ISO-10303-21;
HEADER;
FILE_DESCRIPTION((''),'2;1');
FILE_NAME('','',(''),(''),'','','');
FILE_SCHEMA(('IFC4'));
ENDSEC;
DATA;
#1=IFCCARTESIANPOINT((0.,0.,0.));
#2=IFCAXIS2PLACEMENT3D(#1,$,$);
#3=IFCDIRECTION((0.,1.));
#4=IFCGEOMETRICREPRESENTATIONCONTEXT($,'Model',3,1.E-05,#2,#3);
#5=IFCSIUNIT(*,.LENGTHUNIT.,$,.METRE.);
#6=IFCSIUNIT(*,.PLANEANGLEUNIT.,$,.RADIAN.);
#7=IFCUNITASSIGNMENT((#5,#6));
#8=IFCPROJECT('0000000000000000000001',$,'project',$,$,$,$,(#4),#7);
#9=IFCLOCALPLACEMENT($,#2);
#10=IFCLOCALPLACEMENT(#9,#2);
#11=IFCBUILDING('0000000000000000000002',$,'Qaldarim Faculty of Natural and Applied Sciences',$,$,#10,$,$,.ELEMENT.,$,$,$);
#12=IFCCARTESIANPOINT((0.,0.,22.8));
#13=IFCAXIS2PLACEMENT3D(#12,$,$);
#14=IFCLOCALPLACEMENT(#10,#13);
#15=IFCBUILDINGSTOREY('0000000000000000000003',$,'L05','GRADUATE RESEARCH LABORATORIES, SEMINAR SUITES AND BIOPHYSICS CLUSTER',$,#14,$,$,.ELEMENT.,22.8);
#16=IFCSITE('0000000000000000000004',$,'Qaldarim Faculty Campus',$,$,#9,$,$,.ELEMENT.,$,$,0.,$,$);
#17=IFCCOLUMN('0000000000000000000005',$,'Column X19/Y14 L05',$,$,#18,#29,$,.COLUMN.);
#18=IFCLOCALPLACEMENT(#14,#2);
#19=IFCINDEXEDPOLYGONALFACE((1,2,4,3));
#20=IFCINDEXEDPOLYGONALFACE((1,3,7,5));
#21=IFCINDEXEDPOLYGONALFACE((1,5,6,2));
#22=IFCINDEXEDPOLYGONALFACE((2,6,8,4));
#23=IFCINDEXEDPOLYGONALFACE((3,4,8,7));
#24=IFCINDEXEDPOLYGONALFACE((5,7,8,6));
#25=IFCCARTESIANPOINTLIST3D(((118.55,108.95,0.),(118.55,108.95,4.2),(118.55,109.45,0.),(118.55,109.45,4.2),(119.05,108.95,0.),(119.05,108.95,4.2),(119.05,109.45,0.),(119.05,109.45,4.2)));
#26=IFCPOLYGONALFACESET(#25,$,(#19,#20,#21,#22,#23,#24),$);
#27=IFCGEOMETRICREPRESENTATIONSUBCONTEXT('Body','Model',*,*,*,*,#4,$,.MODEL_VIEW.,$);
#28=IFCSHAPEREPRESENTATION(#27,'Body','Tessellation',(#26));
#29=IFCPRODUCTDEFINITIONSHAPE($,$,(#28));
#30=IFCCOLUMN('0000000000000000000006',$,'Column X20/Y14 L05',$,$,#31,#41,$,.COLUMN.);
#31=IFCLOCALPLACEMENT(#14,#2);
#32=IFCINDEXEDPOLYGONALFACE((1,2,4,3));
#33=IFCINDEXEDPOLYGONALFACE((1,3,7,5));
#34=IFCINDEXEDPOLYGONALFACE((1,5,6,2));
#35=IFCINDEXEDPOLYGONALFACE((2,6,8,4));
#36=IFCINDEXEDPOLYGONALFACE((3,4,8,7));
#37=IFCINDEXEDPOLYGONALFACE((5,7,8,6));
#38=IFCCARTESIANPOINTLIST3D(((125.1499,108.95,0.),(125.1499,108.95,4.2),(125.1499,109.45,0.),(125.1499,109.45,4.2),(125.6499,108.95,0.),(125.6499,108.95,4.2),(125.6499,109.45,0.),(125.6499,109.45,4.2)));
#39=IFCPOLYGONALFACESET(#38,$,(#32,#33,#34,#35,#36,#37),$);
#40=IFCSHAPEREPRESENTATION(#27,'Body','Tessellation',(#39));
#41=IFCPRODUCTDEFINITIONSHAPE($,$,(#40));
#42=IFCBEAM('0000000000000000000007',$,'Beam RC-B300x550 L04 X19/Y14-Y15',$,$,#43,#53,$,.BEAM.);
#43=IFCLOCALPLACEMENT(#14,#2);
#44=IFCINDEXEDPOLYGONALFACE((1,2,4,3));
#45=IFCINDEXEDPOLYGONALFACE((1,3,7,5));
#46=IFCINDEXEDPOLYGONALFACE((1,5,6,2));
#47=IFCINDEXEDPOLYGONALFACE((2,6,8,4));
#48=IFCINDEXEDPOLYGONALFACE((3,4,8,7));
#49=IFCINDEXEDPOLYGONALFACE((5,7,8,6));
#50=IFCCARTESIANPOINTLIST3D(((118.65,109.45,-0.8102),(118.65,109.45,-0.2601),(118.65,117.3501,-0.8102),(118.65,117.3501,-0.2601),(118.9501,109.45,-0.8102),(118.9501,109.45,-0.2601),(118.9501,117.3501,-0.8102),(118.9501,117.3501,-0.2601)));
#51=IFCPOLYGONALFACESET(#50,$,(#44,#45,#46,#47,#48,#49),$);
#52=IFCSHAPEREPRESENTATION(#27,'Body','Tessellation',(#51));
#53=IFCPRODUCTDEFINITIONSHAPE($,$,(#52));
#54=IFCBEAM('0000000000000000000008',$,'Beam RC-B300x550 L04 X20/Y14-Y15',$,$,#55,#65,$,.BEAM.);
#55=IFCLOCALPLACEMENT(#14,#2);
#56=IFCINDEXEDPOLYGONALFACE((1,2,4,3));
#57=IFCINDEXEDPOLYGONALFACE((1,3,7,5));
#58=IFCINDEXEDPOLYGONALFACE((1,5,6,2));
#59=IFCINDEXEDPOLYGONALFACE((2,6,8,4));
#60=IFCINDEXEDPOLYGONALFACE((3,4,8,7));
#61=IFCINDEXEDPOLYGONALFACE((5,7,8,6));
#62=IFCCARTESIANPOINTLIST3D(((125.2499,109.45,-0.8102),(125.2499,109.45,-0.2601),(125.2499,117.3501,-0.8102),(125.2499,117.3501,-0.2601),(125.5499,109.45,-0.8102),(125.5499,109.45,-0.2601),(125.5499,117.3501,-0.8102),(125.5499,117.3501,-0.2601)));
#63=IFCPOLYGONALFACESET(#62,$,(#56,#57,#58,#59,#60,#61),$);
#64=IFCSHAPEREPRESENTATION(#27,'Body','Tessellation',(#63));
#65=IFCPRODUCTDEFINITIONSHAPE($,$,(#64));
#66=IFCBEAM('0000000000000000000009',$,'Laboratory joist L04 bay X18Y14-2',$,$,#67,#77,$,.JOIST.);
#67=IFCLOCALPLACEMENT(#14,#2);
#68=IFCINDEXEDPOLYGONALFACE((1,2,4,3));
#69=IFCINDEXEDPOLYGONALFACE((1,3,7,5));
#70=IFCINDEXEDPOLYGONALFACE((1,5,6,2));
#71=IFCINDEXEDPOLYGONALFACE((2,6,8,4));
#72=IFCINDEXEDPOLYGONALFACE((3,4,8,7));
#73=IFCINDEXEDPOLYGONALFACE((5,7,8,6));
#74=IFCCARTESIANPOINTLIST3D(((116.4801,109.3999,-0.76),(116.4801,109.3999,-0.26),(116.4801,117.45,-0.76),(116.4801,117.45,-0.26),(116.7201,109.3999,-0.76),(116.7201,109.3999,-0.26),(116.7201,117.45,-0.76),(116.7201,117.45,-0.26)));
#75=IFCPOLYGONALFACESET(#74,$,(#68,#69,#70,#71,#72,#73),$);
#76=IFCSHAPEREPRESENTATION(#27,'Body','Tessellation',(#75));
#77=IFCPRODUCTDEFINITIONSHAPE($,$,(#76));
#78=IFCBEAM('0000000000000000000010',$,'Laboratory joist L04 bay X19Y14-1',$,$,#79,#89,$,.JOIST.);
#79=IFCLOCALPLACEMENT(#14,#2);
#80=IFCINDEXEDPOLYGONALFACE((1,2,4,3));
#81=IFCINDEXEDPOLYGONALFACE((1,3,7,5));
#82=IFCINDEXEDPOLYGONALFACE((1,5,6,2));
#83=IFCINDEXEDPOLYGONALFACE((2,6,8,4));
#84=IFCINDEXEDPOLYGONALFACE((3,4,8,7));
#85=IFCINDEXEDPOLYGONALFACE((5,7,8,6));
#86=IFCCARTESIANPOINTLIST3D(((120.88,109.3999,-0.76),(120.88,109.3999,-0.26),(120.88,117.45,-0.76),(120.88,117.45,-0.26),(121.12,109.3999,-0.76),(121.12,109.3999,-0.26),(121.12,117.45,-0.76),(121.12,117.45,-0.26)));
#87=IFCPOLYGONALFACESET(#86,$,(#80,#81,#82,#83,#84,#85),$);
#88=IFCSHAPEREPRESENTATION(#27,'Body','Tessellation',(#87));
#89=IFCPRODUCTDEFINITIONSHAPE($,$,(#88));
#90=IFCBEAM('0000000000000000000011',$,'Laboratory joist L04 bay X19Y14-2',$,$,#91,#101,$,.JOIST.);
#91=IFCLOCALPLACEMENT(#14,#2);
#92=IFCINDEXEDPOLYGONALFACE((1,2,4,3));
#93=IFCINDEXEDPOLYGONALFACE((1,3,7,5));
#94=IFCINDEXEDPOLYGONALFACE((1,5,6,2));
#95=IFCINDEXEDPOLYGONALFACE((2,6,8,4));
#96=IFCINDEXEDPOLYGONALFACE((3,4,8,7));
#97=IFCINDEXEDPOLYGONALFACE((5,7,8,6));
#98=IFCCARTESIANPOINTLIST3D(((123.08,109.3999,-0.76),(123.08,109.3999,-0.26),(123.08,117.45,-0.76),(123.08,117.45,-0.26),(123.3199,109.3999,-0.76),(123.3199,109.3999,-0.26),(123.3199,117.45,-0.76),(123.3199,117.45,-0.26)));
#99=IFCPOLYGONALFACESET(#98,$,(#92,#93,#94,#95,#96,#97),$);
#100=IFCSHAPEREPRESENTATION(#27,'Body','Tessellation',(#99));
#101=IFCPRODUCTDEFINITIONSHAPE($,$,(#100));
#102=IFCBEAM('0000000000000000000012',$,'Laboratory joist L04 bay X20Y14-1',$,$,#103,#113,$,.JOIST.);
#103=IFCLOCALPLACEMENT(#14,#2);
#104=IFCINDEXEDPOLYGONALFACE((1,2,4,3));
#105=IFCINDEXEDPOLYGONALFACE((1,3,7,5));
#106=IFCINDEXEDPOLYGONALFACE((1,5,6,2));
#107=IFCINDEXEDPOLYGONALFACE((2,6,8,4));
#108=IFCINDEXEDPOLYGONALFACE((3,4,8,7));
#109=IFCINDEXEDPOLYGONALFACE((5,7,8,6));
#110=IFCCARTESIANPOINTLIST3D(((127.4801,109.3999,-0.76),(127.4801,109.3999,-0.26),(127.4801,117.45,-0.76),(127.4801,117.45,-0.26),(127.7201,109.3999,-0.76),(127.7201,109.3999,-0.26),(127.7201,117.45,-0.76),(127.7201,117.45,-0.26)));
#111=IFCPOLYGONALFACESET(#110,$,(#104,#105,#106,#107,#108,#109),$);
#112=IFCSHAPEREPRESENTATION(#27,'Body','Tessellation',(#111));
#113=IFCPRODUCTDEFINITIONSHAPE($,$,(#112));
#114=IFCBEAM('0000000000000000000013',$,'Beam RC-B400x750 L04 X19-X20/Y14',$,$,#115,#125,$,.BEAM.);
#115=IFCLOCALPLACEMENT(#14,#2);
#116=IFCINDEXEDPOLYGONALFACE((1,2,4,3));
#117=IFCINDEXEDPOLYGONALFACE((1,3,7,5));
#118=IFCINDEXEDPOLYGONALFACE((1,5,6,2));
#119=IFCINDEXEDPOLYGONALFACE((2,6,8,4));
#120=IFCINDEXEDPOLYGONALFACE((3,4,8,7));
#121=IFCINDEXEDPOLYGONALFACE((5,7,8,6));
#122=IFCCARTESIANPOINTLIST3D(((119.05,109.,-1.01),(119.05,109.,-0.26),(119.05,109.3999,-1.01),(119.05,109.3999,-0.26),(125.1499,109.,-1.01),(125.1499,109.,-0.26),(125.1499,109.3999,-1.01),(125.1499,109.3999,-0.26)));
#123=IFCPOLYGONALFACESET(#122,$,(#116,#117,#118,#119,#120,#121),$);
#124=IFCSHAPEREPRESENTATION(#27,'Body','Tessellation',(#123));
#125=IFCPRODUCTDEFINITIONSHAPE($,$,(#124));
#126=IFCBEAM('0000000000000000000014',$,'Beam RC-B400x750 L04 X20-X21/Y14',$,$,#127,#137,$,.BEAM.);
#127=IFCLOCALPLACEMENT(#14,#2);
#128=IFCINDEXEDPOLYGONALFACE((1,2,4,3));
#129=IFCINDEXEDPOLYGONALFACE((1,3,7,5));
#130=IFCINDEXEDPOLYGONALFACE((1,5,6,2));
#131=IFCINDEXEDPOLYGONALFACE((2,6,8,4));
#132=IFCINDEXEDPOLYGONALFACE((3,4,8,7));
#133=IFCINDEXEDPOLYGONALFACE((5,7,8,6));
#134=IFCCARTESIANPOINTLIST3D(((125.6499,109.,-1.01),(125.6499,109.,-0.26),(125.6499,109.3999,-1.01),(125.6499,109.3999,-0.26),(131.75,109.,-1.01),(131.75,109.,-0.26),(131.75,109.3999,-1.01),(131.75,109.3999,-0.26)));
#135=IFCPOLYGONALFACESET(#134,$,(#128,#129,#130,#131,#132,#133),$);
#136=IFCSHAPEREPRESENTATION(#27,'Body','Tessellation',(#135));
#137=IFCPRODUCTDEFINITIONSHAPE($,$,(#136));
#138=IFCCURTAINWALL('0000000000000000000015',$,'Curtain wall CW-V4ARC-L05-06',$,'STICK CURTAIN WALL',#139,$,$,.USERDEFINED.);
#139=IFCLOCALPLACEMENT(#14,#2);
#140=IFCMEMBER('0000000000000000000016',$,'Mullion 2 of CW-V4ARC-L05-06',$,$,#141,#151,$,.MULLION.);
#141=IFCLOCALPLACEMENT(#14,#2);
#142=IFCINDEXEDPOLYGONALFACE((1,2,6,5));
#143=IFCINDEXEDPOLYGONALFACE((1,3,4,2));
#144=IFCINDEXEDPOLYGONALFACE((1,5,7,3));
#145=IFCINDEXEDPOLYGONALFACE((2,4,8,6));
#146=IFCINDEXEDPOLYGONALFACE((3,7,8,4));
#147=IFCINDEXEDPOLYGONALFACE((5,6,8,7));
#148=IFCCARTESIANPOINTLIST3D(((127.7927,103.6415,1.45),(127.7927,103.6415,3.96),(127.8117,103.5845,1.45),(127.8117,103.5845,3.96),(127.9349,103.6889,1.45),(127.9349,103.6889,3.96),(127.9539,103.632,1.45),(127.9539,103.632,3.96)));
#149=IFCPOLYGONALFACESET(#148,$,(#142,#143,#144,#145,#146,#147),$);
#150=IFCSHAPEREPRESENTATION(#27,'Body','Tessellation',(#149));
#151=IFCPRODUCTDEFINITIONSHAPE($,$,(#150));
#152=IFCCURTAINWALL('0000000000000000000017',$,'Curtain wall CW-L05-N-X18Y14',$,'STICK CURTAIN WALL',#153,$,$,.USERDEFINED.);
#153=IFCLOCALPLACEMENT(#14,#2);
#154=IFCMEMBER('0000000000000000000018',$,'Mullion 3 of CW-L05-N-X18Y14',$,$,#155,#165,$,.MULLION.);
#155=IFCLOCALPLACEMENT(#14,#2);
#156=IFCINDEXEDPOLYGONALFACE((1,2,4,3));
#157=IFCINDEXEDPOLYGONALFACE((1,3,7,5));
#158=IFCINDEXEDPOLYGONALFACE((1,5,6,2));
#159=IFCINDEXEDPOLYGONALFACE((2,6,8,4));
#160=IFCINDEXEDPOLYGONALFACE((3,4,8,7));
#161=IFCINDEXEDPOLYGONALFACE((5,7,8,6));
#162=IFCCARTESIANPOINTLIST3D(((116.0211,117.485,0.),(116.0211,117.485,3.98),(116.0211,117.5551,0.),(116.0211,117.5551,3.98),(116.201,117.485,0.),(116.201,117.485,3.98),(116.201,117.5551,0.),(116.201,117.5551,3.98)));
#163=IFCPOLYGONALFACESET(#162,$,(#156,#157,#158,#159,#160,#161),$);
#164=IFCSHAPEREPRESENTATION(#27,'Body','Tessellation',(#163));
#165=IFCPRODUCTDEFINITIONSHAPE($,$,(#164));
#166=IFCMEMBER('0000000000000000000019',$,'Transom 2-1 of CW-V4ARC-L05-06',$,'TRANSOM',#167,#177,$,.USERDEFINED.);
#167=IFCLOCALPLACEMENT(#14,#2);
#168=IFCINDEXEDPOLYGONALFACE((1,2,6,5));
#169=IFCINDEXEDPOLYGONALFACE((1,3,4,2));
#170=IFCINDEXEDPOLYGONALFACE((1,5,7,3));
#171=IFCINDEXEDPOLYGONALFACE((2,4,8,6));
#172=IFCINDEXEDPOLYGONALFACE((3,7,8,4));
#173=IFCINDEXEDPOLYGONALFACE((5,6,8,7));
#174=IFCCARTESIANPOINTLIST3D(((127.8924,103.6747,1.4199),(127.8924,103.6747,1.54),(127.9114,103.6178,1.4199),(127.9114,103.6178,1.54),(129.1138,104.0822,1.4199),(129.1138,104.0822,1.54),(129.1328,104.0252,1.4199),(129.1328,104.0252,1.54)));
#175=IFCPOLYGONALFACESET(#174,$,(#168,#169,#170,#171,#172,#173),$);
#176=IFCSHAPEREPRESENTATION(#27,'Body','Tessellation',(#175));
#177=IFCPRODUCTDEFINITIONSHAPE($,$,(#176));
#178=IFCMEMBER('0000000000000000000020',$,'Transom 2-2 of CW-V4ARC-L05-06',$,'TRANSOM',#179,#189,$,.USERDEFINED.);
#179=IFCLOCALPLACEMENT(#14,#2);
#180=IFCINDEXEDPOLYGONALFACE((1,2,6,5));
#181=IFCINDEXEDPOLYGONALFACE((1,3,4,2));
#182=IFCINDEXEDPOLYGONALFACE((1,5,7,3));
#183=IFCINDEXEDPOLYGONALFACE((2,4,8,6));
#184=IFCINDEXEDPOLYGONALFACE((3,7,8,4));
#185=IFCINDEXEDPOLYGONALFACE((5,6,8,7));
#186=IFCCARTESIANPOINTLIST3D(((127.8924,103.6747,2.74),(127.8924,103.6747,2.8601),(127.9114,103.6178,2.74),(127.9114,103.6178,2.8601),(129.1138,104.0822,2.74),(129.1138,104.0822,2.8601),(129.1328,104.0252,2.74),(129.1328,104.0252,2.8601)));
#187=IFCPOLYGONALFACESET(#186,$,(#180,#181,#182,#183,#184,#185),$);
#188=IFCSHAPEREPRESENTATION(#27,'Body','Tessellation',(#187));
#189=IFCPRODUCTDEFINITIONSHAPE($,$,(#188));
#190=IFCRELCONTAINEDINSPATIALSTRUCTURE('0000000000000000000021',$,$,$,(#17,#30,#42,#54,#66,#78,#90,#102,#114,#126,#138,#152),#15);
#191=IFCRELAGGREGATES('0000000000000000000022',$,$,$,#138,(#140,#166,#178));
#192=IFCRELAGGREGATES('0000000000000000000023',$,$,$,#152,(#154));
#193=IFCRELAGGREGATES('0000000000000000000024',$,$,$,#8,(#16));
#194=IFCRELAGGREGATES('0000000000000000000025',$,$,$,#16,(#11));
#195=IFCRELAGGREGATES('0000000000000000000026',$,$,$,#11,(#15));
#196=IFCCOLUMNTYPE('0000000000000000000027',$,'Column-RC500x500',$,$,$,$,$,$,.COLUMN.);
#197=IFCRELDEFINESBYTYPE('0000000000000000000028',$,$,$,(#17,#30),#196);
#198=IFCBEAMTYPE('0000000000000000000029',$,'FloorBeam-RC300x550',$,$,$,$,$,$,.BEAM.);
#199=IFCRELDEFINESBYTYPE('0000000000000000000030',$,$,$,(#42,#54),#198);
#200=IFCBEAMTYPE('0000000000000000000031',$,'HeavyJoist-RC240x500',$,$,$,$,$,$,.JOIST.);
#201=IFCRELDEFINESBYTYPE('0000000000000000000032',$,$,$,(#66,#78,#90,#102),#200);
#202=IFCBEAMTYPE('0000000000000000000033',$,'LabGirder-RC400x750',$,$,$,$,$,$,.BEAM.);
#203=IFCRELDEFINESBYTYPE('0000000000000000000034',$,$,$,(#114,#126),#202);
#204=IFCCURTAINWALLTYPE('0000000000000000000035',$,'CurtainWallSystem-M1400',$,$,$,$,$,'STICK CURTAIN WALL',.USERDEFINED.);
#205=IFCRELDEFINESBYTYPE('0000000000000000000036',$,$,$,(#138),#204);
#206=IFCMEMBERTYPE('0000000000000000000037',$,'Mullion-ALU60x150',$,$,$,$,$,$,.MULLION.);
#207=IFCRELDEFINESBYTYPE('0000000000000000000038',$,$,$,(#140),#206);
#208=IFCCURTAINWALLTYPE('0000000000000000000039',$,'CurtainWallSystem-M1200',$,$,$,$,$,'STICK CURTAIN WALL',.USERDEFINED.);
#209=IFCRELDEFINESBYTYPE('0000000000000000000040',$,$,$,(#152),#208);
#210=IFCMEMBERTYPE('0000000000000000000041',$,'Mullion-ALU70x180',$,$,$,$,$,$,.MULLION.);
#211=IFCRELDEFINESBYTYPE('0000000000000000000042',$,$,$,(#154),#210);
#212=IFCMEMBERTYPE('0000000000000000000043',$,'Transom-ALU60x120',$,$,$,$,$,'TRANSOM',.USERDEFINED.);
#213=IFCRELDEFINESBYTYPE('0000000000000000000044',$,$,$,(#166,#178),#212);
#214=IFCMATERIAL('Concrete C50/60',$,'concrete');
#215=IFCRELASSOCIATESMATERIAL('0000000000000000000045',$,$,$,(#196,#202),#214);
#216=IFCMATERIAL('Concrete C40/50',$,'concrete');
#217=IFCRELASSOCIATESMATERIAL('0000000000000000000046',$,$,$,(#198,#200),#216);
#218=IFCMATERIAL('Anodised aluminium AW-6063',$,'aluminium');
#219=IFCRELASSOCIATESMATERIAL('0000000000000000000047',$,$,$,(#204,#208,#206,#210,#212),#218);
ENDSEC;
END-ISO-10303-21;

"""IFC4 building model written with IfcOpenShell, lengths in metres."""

from ifc_helpers import new_model, si_unit, direction, frame, origin, origin_2d, place, context, subcontext, project, spatial, rectangle, extrude, material, material_profile, profile_set, type_object, element, aggregate, save


model = new_model("IFC4")

# Units and contexts
model_context = context("Model", 3, precision=1e-05, world=origin(), true_north=direction((0.0, 1.0)))
body_context = subcontext(model_context, "Body", "Model", "MODEL_VIEW")
ifc_project = project(units=[si_unit("LENGTHUNIT", "METRE"), si_unit("PLANEANGLEUNIT", "RADIAN")], contexts=[model_context])

# Site, building, storey
site_placement = place(None, origin())
site = spatial("IfcSite", under=ifc_project, at=site_placement, Name="Qaldarim Faculty Campus", CompositionType="ELEMENT", RefElevation=0.0)
building_placement = place(site_placement, origin())
building = spatial("IfcBuilding", under=site, at=building_placement, Name="Qaldarim Faculty of Natural and Applied Sciences", CompositionType="ELEMENT")
storey_placement = place(building_placement, frame((0.0, 0.0, 22.8)))
storey = spatial("IfcBuildingStorey", under=building, at=storey_placement, Name="L05", Description="GRADUATE RESEARCH LABORATORIES, SEMINAR SUITES AND BIOPHYSICS CLUSTER", CompositionType="ELEMENT", Elevation=22.8)

# Columns
ifc_material_1 = material(Name="Concrete C50/60", Category="concrete")
ifc_material_profile_1 = material_profile(ifc_material_1, rectangle(XDim=0.5, YDim=0.5, at=origin_2d()), Name="RC-C500x500")
ifc_profile_set_1 = profile_set([ifc_material_profile_1], Name="Concrete C50/60")
column_type = type_object("IfcColumnType", Name="Column-RC500x500", PredefinedType="COLUMN", material=ifc_profile_set_1)
for number, where, z_axis, x_axis, name in (
    (1, (118.8, 109.2, 0.0), (0.0, 0.0, 1.0), (1.0, 0.0, 0.0), "Column X19/Y14 L05"),
    (2, (125.3999, 109.2, 0.0), (0.0, 0.0, 1.0), (1.0, 0.0, 0.0), "Column X20/Y14 L05"),
):
    element("IfcColumn", number, at=place(storey_placement, frame(where, z_axis=z_axis, x_axis=x_axis)), inside=storey, type_object=column_type, Name=name, PredefinedType="COLUMN", context=body_context, shape_type="SweptSolid", body=[
        extrude(rectangle(XDim=0.5, YDim=0.5, at=origin_2d()), origin(), (0.0, 0.0, 1.0), 4.2),
    ])

# Beams
ifc_material_2 = material(Name="Concrete C40/50", Category="concrete")
ifc_material_profile_2 = material_profile(ifc_material_2, rectangle(XDim=0.3, YDim=0.55, at=origin_2d()), Name="RC-B300x550")
ifc_profile_set_2 = profile_set([ifc_material_profile_2], Name="Concrete C40/50")
beam_type_1 = type_object("IfcBeamType", Name="FloorBeam-RC300x550", PredefinedType="BEAM", material=ifc_profile_set_2)
for number, where, z_axis, x_axis, name in (
    (3, (118.8, 109.45, -0.5352), (0.0, 1.0, 0.0), (-1.0, 0.0, 0.0), "Beam RC-B300x550 L04 X19/Y14-Y15"),
    (4, (125.3999, 109.45, -0.5352), (0.0, 1.0, 0.0), (-1.0, 0.0, 0.0), "Beam RC-B300x550 L04 X20/Y14-Y15"),
):
    element("IfcBeam", number, at=place(storey_placement, frame(where, z_axis=z_axis, x_axis=x_axis)), inside=storey, type_object=beam_type_1, Name=name, PredefinedType="BEAM", context=body_context, shape_type="SweptSolid", body=[
        extrude(rectangle(XDim=0.3, YDim=0.55, at=origin_2d()), origin(), (0.0, 0.0, 1.0), 7.9001),
    ])
ifc_material_profile_3 = material_profile(ifc_material_2, rectangle(XDim=0.24, YDim=0.5, at=origin_2d()), Name="RC-J240x500")
ifc_profile_set_3 = profile_set([ifc_material_profile_3], Name="Concrete C40/50")
beam_type_2 = type_object("IfcBeamType", Name="HeavyJoist-RC240x500", PredefinedType="JOIST", material=ifc_profile_set_3)
for number, where, z_axis, x_axis, name in (
    (5, (116.6001, 109.3999, -0.51), (0.0, 1.0, 0.0), (-1.0, 0.0, 0.0), "Laboratory joist L04 bay X18Y14-2"),
    (6, (121.0, 109.3999, -0.51), (0.0, 1.0, 0.0), (-1.0, 0.0, 0.0), "Laboratory joist L04 bay X19Y14-1"),
    (7, (123.2, 109.3999, -0.51), (0.0, 1.0, 0.0), (-1.0, 0.0, 0.0), "Laboratory joist L04 bay X19Y14-2"),
    (8, (127.6001, 109.3999, -0.51), (0.0, 1.0, 0.0), (-1.0, 0.0, 0.0), "Laboratory joist L04 bay X20Y14-1"),
):
    element("IfcBeam", number, at=place(storey_placement, frame(where, z_axis=z_axis, x_axis=x_axis)), inside=storey, type_object=beam_type_2, Name=name, PredefinedType="JOIST", context=body_context, shape_type="SweptSolid", body=[
        extrude(rectangle(XDim=0.24, YDim=0.5, at=origin_2d()), origin(), (0.0, 0.0, 1.0), 8.05),
    ])
ifc_material_profile_4 = material_profile(ifc_material_1, rectangle(XDim=0.3999, YDim=0.75, at=origin_2d()), Name="RC-B400x750")
ifc_profile_set_4 = profile_set([ifc_material_profile_4], Name="Concrete C50/60")
beam_type_3 = type_object("IfcBeamType", Name="LabGirder-RC400x750", PredefinedType="BEAM", material=ifc_profile_set_4)
beam_1_placement = place(storey_placement, frame((119.05, 109.2, -0.635), z_axis=(1.0, 0.0, 0.0), x_axis=(0.0, 1.0, 0.0)))
element("IfcBeam", 9, at=beam_1_placement, inside=storey, type_object=beam_type_3, Name="Beam RC-B400x750 L04 X19-X20/Y14", PredefinedType="BEAM", context=body_context, shape_type="SweptSolid", body=[
    extrude(rectangle(XDim=0.3999, YDim=0.75, at=origin_2d()), origin(), (0.0, 0.0, 1.0), 6.0999),
])
beam_2_placement = place(storey_placement, frame((125.6499, 109.2, -0.635), z_axis=(1.0, 0.0, 0.0), x_axis=(0.0, 1.0, 0.0)))
element("IfcBeam", 10, at=beam_2_placement, inside=storey, type_object=beam_type_3, Name="Beam RC-B400x750 L04 X20-X21/Y14", PredefinedType="BEAM", context=body_context, shape_type="SweptSolid", body=[
    extrude(rectangle(XDim=0.3999, YDim=0.75, at=origin_2d()), origin(), (0.0, 0.0, 1.0), 6.1001),
])

# Curtain walls, members
ifc_material_3 = material(Name="Anodised aluminium AW-6063", Category="aluminium")
curtain_wall_type_1 = type_object("IfcCurtainWallType", Name="CurtainWallSystem-M1400", ElementType="STICK CURTAIN WALL", PredefinedType="USERDEFINED", material=ifc_material_3)
curtain_wall_1_placement = place(storey_placement, origin())
curtain_wall_1 = element("IfcCurtainWall", 11, at=curtain_wall_1_placement, inside=storey, type_object=curtain_wall_type_1, Name="Curtain wall CW-V4ARC-L05-06", ObjectType="STICK CURTAIN WALL", PredefinedType="USERDEFINED")
ifc_material_profile_5 = material_profile(ifc_material_3, rectangle(XDim=0.0601, YDim=0.1499, at=origin_2d()), Name="ALU-M60x150")
ifc_profile_set_5 = profile_set([ifc_material_profile_5], Name="Anodised aluminium AW-6063")
member_type_1 = type_object("IfcMemberType", Name="Mullion-ALU60x150", PredefinedType="MULLION", material=ifc_profile_set_5)
member_1_placement = place(storey_placement, frame((127.8733, 103.6367, 1.45), z_axis=(0.0, 0.0, 1.0), x_axis=(-0.316593, 0.948562, 0.0)))
member_1 = element("IfcMember", 12, at=member_1_placement, type_object=member_type_1, Name="Mullion 2 of CW-V4ARC-L05-06", PredefinedType="MULLION", context=body_context, shape_type="SweptSolid", body=[
    extrude(rectangle(XDim=0.0601, YDim=0.1499, at=origin_2d()), origin(), (0.0, 0.0, 1.0), 2.51),
])
curtain_wall_type_2 = type_object("IfcCurtainWallType", Name="CurtainWallSystem-M1200", ElementType="STICK CURTAIN WALL", PredefinedType="USERDEFINED", material=ifc_material_3)
curtain_wall_2_placement = place(storey_placement, origin())
curtain_wall_2 = element("IfcCurtainWall", 13, at=curtain_wall_2_placement, inside=storey, type_object=curtain_wall_type_2, Name="Curtain wall CW-L05-N-X18Y14", ObjectType="STICK CURTAIN WALL", PredefinedType="USERDEFINED")
ifc_material_profile_6 = material_profile(ifc_material_3, rectangle(XDim=0.0701, YDim=0.1799, at=origin_2d()), Name="ALU-M70x180")
ifc_profile_set_6 = profile_set([ifc_material_profile_6], Name="Anodised aluminium AW-6063")
member_type_2 = type_object("IfcMemberType", Name="Mullion-ALU70x180", PredefinedType="MULLION", material=ifc_profile_set_6)
member_2_placement = place(storey_placement, frame((116.1111, 117.52, 0.0), z_axis=(0.0, 0.0, 1.0), x_axis=(0.0, -1.0, 0.0)))
member_2 = element("IfcMember", 14, at=member_2_placement, type_object=member_type_2, Name="Mullion 3 of CW-L05-N-X18Y14", PredefinedType="MULLION", context=body_context, shape_type="SweptSolid", body=[
    extrude(rectangle(XDim=0.0701, YDim=0.1799, at=origin_2d()), origin(), (0.0, 0.0, 1.0), 3.98),
])

# Members
ifc_material_profile_7 = material_profile(ifc_material_3, rectangle(XDim=0.0601, YDim=0.1201, at=origin_2d()), Name="ALU-T60x120")
ifc_profile_set_7 = profile_set([ifc_material_profile_7], Name="Anodised aluminium AW-6063")
member_type_3 = type_object("IfcMemberType", Name="Transom-ALU60x120", ElementType="TRANSOM", PredefinedType="USERDEFINED", material=ifc_profile_set_7)
member_3_placement = place(storey_placement, frame((127.9019, 103.6462, 1.48), z_axis=(0.948607, 0.316455, 0.0), x_axis=(-0.316455, 0.948607, 0.0)))
member_3 = element("IfcMember", 15, at=member_3_placement, type_object=member_type_3, Name="Transom 2-1 of CW-V4ARC-L05-06", ObjectType="TRANSOM", PredefinedType="USERDEFINED", context=body_context, shape_type="SweptSolid", body=[
    extrude(rectangle(XDim=0.0601, YDim=0.1201, at=origin_2d()), origin(), (0.0, 0.0, 1.0), 1.2876),
])
member_4_placement = place(storey_placement, frame((127.9019, 103.6462, 2.8), z_axis=(0.948607, 0.316455, 0.0), x_axis=(-0.316455, 0.948607, 0.0)))
member_4 = element("IfcMember", 16, at=member_4_placement, type_object=member_type_3, Name="Transom 2-2 of CW-V4ARC-L05-06", ObjectType="TRANSOM", PredefinedType="USERDEFINED", context=body_context, shape_type="SweptSolid", body=[
    extrude(rectangle(XDim=0.0601, YDim=0.1201, at=origin_2d()), origin(), (0.0, 0.0, 1.0), 1.2876),
])
aggregate(curtain_wall_1, [member_1, member_3, member_4])

aggregate(curtain_wall_2, [member_2])

save(model, "model.ifc")
